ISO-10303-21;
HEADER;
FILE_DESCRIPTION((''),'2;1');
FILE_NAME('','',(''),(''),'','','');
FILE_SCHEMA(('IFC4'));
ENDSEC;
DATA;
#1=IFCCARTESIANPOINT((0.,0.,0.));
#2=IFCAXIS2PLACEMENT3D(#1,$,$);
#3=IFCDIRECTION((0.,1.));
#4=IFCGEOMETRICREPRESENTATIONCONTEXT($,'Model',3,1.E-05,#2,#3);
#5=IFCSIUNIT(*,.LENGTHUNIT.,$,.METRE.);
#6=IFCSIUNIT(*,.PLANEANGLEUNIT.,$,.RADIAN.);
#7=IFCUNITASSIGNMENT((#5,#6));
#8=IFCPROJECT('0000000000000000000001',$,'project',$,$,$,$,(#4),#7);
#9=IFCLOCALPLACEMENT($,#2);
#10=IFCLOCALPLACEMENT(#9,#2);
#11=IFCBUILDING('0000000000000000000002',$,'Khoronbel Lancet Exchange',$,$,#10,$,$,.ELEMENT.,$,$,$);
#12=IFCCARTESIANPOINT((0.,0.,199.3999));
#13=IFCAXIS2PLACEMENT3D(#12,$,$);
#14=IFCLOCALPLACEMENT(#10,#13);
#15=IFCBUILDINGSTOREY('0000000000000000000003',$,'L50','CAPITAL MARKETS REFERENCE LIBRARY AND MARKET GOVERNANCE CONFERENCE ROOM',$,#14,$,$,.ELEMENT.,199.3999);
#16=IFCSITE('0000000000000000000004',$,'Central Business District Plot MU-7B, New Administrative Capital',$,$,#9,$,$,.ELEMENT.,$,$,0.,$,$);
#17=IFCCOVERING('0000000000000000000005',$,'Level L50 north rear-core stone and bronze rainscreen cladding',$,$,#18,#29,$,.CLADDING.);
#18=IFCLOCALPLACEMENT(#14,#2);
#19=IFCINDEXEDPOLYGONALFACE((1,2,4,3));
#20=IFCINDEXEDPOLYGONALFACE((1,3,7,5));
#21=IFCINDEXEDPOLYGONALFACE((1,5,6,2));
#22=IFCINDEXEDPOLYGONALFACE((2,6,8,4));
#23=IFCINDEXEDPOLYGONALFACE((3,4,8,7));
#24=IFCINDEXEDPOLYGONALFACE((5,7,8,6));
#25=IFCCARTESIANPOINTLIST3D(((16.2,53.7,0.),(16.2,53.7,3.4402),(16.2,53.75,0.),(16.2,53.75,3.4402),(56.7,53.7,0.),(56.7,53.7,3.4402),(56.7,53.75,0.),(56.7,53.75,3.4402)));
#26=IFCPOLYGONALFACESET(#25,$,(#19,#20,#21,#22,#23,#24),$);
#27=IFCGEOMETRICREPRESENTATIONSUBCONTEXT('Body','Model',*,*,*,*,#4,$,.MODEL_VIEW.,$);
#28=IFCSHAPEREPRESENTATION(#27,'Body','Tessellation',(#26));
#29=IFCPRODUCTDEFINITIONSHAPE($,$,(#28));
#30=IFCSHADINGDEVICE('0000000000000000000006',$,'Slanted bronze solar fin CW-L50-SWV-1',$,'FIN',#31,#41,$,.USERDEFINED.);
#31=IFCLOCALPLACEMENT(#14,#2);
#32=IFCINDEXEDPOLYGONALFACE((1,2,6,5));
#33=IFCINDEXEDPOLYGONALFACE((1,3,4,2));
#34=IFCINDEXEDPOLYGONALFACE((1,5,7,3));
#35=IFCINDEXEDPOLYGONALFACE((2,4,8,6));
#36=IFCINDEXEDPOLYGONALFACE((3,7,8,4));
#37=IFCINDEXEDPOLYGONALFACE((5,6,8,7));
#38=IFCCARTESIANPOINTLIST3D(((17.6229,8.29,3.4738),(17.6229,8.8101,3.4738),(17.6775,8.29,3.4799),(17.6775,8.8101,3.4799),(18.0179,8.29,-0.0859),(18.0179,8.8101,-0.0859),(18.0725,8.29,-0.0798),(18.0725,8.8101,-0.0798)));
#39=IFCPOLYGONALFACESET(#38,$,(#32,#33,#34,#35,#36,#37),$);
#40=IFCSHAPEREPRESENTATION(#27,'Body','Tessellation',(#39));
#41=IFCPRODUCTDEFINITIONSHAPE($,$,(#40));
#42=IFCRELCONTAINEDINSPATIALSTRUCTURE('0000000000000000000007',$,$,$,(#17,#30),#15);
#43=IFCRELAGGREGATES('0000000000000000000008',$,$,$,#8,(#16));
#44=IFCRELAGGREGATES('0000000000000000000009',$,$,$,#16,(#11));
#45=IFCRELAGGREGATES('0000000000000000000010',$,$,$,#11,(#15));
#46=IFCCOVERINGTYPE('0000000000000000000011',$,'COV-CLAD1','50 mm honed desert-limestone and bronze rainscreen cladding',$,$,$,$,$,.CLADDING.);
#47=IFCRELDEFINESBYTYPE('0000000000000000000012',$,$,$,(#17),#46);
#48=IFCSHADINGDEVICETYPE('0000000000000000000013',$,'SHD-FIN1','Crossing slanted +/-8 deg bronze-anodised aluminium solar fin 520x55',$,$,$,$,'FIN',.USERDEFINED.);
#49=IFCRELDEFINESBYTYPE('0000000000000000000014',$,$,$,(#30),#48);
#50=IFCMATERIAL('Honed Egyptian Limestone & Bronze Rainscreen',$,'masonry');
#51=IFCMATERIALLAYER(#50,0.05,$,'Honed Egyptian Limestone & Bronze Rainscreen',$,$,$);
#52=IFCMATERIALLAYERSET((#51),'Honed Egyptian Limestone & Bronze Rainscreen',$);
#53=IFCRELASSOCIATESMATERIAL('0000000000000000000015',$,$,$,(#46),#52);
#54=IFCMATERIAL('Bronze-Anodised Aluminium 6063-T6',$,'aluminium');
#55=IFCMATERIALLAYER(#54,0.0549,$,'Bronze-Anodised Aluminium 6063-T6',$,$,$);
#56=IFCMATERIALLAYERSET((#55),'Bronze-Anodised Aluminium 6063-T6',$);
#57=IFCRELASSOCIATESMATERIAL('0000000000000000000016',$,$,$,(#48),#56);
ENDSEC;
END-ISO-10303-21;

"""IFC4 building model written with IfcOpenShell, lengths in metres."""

from ifc_helpers import new_model, si_unit, direction, frame, origin, place, context, subcontext, project, spatial, polyline, outline, extrude, material, layer, layer_set, type_object, element, save


model = new_model("IFC4")

# Units and contexts
model_context = context("Model", 3, precision=1e-05, world=origin(), true_north=direction((0.0, 1.0)))
body_context = subcontext(model_context, "Body", "Model", "MODEL_VIEW")
ifc_project = project(units=[si_unit("LENGTHUNIT", "METRE"), si_unit("PLANEANGLEUNIT", "RADIAN")], contexts=[model_context])

# Site, building, storey
site_placement = place(None, origin())
site = spatial("IfcSite", under=ifc_project, at=site_placement, Name="Central Business District Plot MU-7B, New Administrative Capital", CompositionType="ELEMENT", RefElevation=0.0)
building_placement = place(site_placement, origin())
building = spatial("IfcBuilding", under=site, at=building_placement, Name="Khoronbel Lancet Exchange", CompositionType="ELEMENT")
storey_placement = place(building_placement, frame((0.0, 0.0, 199.3999)))
storey = spatial("IfcBuildingStorey", under=building, at=storey_placement, Name="L50", Description="CAPITAL MARKETS REFERENCE LIBRARY AND MARKET GOVERNANCE CONFERENCE ROOM", CompositionType="ELEMENT", Elevation=199.3999)

# Shared definitions
ifc_material_1 = material(Name="Bronze-Anodised Aluminium 6063-T6", Category="aluminium")

# Covering
ifc_material_2 = material(Name="Honed Egyptian Limestone & Bronze Rainscreen", Category="masonry")
ifc_layer_1 = layer(ifc_material_2, 0.05, Name="Honed Egyptian Limestone & Bronze Rainscreen")
ifc_layer_set_1 = layer_set([ifc_layer_1], Name="Honed Egyptian Limestone & Bronze Rainscreen")
covering_type = type_object("IfcCoveringType", Name="COV-CLAD1", Description="50 mm honed desert-limestone and bronze rainscreen cladding", PredefinedType="CLADDING", material=ifc_layer_set_1)
covering_placement = place(storey_placement, origin())
element("IfcCovering", 1, at=covering_placement, inside=storey, type_object=covering_type, Name="Level L50 north rear-core stone and bronze rainscreen cladding", PredefinedType="CLADDING", context=body_context, shape_type="SweptSolid", body=[
    extrude(outline(polyline([(16.2, 53.7), (56.7, 53.7), (56.7, 53.75), (16.2, 53.75), (16.2, 53.7)])), origin(), (0.0, 0.0, 1.0), 3.4402),
])

# Shading device
ifc_layer_2 = layer(ifc_material_1, 0.0549, Name="Bronze-Anodised Aluminium 6063-T6")
ifc_layer_set_2 = layer_set([ifc_layer_2], Name="Bronze-Anodised Aluminium 6063-T6")
shading_device_type = type_object("IfcShadingDeviceType", Name="SHD-FIN1", Description="Crossing slanted +/-8 deg bronze-anodised aluminium solar fin 520x55", ElementType="FIN", PredefinedType="USERDEFINED", material=ifc_layer_set_2)
shading_device_placement = place(storey_placement, frame((18.0725, 8.8101, -0.0798), z_axis=(0.9939, 0.0, 0.110289), x_axis=(0.0, -1.0, 0.0)))
element("IfcShadingDevice", 2, at=shading_device_placement, inside=storey, type_object=shading_device_type, Name="Slanted bronze solar fin CW-L50-SWV-1", ObjectType="FIN", PredefinedType="USERDEFINED", context=body_context, shape_type="SweptSolid", body=[
    extrude(outline(polyline([(0.0, 0.0), (0.52, 0.0), (0.52, -3.5815), (0.0, -3.5815), (0.0, 0.0)])), origin(), (0.0, 0.0, -1.0), 0.0549),
])

save(model, "model.ifc")
